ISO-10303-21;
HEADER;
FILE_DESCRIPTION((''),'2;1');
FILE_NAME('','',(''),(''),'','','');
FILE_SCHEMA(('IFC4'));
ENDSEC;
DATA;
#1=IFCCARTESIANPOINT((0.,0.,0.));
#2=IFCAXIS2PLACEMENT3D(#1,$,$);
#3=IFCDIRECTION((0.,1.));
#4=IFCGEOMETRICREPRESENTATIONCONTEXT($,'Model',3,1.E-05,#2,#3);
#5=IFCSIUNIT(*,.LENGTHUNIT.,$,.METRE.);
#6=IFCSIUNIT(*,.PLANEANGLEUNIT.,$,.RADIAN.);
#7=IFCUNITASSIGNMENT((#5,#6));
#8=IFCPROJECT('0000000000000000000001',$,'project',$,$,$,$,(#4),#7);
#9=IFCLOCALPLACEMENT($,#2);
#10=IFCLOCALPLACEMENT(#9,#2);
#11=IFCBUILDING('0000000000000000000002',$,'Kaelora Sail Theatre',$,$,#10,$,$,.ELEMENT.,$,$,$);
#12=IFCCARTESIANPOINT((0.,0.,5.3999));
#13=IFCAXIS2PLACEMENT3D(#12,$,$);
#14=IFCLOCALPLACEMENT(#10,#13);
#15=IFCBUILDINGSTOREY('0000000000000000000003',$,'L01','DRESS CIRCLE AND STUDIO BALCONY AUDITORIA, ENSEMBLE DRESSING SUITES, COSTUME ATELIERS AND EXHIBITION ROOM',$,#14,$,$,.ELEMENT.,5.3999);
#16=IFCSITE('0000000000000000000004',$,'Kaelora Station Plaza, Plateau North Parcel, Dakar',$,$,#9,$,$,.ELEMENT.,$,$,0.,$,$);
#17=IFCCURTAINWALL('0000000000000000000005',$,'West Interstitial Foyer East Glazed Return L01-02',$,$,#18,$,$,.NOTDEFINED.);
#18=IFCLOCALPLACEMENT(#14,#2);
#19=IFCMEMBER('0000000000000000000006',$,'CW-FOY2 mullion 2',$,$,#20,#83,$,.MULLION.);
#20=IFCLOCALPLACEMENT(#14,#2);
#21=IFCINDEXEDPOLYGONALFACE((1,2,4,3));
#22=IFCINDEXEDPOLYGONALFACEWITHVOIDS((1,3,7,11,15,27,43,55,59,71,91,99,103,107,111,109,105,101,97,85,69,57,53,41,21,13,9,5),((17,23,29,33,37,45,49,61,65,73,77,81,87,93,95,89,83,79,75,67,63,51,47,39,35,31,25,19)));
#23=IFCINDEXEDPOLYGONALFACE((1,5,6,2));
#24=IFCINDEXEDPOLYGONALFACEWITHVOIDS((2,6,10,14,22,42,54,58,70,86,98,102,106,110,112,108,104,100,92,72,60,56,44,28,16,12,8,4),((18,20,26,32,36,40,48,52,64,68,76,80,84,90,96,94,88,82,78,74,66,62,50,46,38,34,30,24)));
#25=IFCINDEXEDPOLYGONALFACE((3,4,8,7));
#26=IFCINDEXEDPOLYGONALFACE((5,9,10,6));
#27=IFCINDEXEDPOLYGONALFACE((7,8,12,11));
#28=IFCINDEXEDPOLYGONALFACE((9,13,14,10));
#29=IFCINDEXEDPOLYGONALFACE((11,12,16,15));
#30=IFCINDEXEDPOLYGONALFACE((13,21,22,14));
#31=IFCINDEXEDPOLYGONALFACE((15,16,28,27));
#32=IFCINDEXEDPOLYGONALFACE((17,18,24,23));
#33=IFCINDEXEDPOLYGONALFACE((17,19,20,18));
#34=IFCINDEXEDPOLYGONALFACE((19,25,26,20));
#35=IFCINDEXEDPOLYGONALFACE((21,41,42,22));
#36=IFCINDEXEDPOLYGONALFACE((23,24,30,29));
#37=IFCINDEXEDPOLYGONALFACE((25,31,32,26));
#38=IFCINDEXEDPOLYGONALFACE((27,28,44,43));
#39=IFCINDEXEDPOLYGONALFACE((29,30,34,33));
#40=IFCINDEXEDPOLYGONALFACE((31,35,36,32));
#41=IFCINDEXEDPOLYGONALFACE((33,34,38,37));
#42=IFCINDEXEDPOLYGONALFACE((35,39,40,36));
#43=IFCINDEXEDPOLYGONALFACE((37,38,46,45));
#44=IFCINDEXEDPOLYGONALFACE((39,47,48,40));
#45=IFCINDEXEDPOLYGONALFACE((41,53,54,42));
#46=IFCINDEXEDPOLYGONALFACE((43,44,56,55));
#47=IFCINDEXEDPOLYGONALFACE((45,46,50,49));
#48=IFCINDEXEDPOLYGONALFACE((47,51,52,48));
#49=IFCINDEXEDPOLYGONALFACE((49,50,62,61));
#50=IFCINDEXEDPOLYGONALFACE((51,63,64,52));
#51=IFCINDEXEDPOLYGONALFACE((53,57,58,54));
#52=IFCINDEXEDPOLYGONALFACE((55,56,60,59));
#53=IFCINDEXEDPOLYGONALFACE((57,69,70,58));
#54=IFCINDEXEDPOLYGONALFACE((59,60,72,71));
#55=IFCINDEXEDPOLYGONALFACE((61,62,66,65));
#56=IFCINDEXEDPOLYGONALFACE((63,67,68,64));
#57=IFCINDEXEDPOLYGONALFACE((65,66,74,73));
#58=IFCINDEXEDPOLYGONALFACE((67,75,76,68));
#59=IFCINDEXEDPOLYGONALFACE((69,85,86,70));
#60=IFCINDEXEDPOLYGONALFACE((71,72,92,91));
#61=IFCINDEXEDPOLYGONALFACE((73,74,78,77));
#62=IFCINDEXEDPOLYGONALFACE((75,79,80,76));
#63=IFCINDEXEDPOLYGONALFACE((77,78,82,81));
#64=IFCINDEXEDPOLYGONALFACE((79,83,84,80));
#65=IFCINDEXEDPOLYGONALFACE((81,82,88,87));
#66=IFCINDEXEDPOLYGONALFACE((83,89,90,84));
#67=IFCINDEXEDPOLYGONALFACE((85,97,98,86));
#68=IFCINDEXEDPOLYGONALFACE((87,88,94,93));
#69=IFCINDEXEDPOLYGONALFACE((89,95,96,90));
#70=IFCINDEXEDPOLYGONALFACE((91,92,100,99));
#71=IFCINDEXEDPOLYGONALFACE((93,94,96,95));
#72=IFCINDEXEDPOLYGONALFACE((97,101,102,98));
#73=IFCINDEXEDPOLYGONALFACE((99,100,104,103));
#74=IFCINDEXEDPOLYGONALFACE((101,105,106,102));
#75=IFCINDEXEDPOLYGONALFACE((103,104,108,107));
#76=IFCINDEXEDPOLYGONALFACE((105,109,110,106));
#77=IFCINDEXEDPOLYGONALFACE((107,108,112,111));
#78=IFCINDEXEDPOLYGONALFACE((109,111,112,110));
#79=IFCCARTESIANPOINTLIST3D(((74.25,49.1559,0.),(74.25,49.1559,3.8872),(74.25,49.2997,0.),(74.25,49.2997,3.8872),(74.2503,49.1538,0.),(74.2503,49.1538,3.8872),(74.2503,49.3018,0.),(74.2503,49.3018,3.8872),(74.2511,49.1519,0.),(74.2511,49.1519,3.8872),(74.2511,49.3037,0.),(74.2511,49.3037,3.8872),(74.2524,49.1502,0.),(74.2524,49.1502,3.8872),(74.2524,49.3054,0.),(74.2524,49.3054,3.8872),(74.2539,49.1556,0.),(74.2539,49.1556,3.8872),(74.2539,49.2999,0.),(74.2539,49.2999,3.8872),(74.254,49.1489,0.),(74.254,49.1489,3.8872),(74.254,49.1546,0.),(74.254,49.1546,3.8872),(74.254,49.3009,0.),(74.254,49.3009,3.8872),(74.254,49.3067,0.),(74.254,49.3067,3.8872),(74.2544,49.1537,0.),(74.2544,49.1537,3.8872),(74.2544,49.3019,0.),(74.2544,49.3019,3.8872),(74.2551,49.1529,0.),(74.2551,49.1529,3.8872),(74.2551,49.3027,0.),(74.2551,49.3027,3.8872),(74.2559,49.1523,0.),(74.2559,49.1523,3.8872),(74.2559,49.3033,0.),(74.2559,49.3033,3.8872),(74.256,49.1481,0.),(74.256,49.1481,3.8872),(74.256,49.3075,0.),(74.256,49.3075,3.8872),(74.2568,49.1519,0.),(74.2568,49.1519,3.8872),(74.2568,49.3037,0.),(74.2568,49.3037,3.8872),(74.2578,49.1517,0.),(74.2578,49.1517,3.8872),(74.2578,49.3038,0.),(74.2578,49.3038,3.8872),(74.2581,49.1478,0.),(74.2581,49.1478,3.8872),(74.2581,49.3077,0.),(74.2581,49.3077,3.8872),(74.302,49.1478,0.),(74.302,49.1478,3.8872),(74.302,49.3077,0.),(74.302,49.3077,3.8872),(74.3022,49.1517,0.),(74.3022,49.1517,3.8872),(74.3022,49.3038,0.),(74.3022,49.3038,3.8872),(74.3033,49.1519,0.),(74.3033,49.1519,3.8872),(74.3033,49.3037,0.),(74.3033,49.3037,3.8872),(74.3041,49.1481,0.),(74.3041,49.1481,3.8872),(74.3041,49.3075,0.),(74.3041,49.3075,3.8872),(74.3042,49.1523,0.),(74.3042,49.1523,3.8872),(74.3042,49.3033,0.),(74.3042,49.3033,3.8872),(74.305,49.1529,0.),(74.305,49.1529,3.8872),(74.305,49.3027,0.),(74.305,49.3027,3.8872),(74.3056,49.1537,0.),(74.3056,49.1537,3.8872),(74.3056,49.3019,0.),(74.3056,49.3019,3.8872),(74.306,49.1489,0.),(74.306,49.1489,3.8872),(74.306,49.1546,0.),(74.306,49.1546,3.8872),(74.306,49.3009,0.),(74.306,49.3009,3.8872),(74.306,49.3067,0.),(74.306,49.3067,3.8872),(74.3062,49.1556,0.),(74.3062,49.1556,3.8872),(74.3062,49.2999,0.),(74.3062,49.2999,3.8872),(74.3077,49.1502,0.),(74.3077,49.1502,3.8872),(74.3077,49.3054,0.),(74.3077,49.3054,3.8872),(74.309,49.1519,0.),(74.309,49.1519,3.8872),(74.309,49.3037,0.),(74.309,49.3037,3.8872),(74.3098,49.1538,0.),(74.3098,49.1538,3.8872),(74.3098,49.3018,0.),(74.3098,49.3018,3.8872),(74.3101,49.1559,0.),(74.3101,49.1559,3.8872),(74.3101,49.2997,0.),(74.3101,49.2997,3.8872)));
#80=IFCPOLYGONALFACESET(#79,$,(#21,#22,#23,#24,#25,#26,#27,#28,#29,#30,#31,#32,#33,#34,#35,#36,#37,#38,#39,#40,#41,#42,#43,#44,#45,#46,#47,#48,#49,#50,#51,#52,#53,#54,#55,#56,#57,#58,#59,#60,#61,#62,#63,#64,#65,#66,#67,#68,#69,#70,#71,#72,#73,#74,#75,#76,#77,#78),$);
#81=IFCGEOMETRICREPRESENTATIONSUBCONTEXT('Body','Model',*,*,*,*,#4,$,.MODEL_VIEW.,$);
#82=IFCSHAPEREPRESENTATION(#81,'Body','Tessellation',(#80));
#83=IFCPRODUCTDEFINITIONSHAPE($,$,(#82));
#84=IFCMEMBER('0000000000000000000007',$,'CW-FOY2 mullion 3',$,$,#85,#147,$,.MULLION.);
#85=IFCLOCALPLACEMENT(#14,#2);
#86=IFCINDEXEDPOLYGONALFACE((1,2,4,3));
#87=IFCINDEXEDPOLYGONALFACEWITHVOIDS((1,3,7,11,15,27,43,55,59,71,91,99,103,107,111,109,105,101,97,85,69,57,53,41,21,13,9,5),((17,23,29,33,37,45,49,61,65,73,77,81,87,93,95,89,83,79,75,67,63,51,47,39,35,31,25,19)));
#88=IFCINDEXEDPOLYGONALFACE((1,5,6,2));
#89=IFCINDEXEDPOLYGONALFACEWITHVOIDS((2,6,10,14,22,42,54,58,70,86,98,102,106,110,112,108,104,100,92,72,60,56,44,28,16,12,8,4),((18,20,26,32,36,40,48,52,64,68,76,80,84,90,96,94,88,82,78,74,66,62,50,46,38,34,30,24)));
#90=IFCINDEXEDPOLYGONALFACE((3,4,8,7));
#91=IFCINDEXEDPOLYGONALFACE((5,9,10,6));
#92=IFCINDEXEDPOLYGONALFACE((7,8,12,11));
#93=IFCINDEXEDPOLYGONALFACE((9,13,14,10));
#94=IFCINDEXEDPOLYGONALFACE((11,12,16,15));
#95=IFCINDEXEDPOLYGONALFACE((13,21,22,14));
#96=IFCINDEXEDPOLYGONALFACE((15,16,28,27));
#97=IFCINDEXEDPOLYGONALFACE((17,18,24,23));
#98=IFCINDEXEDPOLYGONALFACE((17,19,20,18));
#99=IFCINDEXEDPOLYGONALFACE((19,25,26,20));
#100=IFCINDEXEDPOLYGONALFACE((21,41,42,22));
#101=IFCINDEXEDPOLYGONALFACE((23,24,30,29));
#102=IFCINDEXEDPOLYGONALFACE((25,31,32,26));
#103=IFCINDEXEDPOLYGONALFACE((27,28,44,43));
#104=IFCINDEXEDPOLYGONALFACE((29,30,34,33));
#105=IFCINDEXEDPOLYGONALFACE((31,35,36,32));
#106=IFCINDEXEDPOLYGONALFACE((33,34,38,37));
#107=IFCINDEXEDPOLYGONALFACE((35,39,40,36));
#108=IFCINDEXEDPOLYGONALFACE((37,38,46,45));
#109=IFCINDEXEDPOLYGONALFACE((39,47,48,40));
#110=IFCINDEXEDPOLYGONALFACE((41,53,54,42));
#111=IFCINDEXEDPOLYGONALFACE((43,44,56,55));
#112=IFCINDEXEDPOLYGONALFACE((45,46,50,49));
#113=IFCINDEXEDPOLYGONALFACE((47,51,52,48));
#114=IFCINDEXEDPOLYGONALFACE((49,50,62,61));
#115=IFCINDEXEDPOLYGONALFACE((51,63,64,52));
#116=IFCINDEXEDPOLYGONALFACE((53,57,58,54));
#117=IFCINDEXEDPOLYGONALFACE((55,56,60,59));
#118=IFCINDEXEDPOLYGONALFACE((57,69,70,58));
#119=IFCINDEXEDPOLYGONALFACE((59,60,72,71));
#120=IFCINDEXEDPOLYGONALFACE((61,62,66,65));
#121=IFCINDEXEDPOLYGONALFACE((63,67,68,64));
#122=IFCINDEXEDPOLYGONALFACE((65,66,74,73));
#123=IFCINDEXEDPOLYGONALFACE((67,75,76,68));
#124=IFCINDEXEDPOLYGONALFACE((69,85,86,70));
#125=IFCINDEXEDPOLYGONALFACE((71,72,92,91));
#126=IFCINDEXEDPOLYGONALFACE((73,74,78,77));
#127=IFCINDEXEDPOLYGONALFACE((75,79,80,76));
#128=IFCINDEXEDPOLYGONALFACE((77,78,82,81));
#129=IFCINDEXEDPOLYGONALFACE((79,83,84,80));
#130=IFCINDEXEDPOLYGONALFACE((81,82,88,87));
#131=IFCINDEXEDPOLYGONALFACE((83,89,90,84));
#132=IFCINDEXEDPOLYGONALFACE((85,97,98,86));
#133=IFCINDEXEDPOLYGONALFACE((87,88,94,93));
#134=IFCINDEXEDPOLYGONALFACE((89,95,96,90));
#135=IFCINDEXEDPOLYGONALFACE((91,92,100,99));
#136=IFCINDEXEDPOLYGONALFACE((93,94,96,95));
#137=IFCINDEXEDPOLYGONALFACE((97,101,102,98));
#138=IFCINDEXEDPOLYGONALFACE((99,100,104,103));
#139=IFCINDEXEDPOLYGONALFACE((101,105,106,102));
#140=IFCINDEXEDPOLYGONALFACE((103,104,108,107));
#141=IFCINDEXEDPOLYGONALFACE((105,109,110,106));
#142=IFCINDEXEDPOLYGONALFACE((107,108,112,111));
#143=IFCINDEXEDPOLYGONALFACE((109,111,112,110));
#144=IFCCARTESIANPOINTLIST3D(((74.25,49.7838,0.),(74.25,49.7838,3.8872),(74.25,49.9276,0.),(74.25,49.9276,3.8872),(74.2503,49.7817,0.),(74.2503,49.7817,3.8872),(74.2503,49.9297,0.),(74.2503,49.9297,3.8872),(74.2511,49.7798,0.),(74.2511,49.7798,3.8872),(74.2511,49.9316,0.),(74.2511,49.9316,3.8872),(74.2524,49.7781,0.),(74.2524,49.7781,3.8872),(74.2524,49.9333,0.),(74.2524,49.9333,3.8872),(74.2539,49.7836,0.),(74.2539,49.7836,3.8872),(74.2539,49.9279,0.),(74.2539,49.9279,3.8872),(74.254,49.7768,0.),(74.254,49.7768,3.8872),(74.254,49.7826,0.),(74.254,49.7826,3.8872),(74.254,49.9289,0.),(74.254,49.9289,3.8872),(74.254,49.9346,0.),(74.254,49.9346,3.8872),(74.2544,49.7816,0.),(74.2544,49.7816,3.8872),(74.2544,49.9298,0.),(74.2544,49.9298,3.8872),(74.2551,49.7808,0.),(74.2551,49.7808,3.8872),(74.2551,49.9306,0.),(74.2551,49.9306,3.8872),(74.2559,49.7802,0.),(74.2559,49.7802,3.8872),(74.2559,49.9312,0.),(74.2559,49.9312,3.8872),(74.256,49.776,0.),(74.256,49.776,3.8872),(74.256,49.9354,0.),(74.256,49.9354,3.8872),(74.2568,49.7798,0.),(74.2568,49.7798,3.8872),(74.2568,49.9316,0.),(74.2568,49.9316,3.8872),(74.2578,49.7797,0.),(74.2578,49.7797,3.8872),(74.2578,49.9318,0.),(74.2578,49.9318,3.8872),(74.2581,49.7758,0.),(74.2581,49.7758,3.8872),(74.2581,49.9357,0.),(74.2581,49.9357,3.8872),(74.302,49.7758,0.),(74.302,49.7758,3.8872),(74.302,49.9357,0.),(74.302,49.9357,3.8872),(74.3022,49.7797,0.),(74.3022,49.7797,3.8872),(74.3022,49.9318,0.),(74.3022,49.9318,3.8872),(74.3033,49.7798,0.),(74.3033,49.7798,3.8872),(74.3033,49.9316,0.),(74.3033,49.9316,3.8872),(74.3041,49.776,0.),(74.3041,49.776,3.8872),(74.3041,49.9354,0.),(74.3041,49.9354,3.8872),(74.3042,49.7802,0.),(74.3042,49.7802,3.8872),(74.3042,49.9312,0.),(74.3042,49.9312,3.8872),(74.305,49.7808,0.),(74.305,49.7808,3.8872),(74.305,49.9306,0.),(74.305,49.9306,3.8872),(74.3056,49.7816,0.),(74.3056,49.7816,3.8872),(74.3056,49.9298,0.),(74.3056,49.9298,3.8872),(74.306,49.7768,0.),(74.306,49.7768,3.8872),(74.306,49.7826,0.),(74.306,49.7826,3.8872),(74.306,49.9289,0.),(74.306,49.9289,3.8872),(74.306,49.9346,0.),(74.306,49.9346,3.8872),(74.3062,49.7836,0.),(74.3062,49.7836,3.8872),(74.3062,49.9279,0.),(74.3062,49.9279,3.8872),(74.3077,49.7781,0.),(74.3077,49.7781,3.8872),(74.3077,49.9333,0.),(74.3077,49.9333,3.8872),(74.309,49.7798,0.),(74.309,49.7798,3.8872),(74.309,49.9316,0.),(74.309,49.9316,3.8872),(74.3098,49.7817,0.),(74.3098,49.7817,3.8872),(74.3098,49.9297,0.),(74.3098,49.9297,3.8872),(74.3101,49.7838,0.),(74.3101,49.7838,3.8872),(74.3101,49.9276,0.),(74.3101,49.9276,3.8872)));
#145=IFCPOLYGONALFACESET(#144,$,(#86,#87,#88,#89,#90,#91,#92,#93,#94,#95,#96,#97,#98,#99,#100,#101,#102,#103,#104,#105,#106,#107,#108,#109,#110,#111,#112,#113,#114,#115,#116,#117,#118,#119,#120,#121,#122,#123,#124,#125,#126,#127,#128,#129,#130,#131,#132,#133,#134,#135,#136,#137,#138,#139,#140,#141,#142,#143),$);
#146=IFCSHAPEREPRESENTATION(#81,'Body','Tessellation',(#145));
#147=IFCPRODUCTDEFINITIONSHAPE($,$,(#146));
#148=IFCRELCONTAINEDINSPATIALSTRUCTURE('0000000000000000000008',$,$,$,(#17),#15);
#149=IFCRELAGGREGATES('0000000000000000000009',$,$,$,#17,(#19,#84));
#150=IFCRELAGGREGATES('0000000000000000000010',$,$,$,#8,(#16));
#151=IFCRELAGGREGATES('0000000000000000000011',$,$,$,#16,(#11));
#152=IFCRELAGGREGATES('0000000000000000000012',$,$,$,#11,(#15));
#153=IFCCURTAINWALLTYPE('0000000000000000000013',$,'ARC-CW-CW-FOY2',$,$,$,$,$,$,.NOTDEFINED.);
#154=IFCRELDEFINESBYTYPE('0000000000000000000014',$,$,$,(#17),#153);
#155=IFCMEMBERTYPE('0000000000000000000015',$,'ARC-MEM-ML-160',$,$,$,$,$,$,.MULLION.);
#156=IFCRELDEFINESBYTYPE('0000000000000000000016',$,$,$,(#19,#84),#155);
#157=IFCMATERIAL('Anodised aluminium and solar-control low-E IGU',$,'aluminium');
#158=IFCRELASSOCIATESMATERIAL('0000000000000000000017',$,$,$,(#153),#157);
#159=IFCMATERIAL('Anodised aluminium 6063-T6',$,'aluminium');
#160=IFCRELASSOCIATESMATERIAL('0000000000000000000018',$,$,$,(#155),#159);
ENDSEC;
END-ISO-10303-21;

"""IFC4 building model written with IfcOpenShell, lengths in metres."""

from ifc_helpers import new_model, si_unit, direction, frame, origin, origin_2d, place, context, subcontext, project, spatial, hollow_rectangle, extrude, material, material_profile, profile_set, type_object, element, aggregate, save


model = new_model("IFC4")

# Units and contexts
model_context = context("Model", 3, precision=1e-05, world=origin(), true_north=direction((0.0, 1.0)))
body_context = subcontext(model_context, "Body", "Model", "MODEL_VIEW")
ifc_project = project(units=[si_unit("LENGTHUNIT", "METRE"), si_unit("PLANEANGLEUNIT", "RADIAN")], contexts=[model_context])

# Site, building, storey
site_placement = place(None, origin())
site = spatial("IfcSite", under=ifc_project, at=site_placement, Name="Kaelora Station Plaza, Plateau North Parcel, Dakar", CompositionType="ELEMENT", RefElevation=0.0)
building_placement = place(site_placement, origin())
building = spatial("IfcBuilding", under=site, at=building_placement, Name="Kaelora Sail Theatre", CompositionType="ELEMENT")
storey_placement = place(building_placement, frame((0.0, 0.0, 5.3999)))
storey = spatial("IfcBuildingStorey", under=building, at=storey_placement, Name="L01", Description="DRESS CIRCLE AND STUDIO BALCONY AUDITORIA, ENSEMBLE DRESSING SUITES, COSTUME ATELIERS AND EXHIBITION ROOM", CompositionType="ELEMENT", Elevation=5.3999)

# Shared definitions
ifc_material_1 = material(Name="Anodised aluminium and solar-control low-E IGU", Category="aluminium")
curtain_wall_type = type_object("IfcCurtainWallType", Name="ARC-CW-CW-FOY2", PredefinedType="NOTDEFINED", material=ifc_material_1)
ifc_material_2 = material(Name="Anodised aluminium 6063-T6", Category="aluminium")
ifc_material_profile_1 = material_profile(ifc_material_2, hollow_rectangle(XDim=0.0601, YDim=0.1599, WallThickness=0.0039, InnerFilletRadius=0.0039, OuterFilletRadius=0.0081, at=origin_2d()), Name="ALU-MULL 60x160x4")
ifc_profile_set_1 = profile_set([ifc_material_profile_1], Name="Anodised aluminium 6063-T6")
member_type_1 = type_object("IfcMemberType", Name="ARC-MEM-ML-160", PredefinedType="MULLION", material=ifc_profile_set_1)

# Curtain wall, members
curtain_wall_1_placement = place(storey_placement, origin())
curtain_wall_1 = element("IfcCurtainWall", 1, at=curtain_wall_1_placement, inside=storey, type_object=curtain_wall_type, Name="West Interstitial Foyer East Glazed Return L01-02", PredefinedType="NOTDEFINED")
member_1_placement = place(storey_placement, frame((74.28, 49.2278, 0.0), z_axis=(0.0, 0.0, 1.0), x_axis=(-1.0, 0.0, 0.0)))
member_1 = element("IfcMember", 2, at=member_1_placement, type_object=member_type_1, Name="CW-FOY2 mullion 2", PredefinedType="MULLION", context=body_context, shape_type="SweptSolid", body=[
    extrude(hollow_rectangle(XDim=0.0601, YDim=0.1599, WallThickness=0.0039, InnerFilletRadius=0.0039, OuterFilletRadius=0.0081, at=origin_2d()), origin(), (0.0, 0.0, 1.0), 3.8872),
])
member_2_placement = place(storey_placement, frame((74.28, 49.8557, 0.0), z_axis=(0.0, 0.0, 1.0), x_axis=(-1.0, 0.0, 0.0)))
member_2 = element("IfcMember", 3, at=member_2_placement, type_object=member_type_1, Name="CW-FOY2 mullion 3", PredefinedType="MULLION", context=body_context, shape_type="SweptSolid", body=[
    extrude(hollow_rectangle(XDim=0.0601, YDim=0.1599, WallThickness=0.0039, InnerFilletRadius=0.0039, OuterFilletRadius=0.0081, at=origin_2d()), origin(), (0.0, 0.0, 1.0), 3.8872),
])
aggregate(curtain_wall_1, [member_1, member_2])

save(model, "model.ifc")
